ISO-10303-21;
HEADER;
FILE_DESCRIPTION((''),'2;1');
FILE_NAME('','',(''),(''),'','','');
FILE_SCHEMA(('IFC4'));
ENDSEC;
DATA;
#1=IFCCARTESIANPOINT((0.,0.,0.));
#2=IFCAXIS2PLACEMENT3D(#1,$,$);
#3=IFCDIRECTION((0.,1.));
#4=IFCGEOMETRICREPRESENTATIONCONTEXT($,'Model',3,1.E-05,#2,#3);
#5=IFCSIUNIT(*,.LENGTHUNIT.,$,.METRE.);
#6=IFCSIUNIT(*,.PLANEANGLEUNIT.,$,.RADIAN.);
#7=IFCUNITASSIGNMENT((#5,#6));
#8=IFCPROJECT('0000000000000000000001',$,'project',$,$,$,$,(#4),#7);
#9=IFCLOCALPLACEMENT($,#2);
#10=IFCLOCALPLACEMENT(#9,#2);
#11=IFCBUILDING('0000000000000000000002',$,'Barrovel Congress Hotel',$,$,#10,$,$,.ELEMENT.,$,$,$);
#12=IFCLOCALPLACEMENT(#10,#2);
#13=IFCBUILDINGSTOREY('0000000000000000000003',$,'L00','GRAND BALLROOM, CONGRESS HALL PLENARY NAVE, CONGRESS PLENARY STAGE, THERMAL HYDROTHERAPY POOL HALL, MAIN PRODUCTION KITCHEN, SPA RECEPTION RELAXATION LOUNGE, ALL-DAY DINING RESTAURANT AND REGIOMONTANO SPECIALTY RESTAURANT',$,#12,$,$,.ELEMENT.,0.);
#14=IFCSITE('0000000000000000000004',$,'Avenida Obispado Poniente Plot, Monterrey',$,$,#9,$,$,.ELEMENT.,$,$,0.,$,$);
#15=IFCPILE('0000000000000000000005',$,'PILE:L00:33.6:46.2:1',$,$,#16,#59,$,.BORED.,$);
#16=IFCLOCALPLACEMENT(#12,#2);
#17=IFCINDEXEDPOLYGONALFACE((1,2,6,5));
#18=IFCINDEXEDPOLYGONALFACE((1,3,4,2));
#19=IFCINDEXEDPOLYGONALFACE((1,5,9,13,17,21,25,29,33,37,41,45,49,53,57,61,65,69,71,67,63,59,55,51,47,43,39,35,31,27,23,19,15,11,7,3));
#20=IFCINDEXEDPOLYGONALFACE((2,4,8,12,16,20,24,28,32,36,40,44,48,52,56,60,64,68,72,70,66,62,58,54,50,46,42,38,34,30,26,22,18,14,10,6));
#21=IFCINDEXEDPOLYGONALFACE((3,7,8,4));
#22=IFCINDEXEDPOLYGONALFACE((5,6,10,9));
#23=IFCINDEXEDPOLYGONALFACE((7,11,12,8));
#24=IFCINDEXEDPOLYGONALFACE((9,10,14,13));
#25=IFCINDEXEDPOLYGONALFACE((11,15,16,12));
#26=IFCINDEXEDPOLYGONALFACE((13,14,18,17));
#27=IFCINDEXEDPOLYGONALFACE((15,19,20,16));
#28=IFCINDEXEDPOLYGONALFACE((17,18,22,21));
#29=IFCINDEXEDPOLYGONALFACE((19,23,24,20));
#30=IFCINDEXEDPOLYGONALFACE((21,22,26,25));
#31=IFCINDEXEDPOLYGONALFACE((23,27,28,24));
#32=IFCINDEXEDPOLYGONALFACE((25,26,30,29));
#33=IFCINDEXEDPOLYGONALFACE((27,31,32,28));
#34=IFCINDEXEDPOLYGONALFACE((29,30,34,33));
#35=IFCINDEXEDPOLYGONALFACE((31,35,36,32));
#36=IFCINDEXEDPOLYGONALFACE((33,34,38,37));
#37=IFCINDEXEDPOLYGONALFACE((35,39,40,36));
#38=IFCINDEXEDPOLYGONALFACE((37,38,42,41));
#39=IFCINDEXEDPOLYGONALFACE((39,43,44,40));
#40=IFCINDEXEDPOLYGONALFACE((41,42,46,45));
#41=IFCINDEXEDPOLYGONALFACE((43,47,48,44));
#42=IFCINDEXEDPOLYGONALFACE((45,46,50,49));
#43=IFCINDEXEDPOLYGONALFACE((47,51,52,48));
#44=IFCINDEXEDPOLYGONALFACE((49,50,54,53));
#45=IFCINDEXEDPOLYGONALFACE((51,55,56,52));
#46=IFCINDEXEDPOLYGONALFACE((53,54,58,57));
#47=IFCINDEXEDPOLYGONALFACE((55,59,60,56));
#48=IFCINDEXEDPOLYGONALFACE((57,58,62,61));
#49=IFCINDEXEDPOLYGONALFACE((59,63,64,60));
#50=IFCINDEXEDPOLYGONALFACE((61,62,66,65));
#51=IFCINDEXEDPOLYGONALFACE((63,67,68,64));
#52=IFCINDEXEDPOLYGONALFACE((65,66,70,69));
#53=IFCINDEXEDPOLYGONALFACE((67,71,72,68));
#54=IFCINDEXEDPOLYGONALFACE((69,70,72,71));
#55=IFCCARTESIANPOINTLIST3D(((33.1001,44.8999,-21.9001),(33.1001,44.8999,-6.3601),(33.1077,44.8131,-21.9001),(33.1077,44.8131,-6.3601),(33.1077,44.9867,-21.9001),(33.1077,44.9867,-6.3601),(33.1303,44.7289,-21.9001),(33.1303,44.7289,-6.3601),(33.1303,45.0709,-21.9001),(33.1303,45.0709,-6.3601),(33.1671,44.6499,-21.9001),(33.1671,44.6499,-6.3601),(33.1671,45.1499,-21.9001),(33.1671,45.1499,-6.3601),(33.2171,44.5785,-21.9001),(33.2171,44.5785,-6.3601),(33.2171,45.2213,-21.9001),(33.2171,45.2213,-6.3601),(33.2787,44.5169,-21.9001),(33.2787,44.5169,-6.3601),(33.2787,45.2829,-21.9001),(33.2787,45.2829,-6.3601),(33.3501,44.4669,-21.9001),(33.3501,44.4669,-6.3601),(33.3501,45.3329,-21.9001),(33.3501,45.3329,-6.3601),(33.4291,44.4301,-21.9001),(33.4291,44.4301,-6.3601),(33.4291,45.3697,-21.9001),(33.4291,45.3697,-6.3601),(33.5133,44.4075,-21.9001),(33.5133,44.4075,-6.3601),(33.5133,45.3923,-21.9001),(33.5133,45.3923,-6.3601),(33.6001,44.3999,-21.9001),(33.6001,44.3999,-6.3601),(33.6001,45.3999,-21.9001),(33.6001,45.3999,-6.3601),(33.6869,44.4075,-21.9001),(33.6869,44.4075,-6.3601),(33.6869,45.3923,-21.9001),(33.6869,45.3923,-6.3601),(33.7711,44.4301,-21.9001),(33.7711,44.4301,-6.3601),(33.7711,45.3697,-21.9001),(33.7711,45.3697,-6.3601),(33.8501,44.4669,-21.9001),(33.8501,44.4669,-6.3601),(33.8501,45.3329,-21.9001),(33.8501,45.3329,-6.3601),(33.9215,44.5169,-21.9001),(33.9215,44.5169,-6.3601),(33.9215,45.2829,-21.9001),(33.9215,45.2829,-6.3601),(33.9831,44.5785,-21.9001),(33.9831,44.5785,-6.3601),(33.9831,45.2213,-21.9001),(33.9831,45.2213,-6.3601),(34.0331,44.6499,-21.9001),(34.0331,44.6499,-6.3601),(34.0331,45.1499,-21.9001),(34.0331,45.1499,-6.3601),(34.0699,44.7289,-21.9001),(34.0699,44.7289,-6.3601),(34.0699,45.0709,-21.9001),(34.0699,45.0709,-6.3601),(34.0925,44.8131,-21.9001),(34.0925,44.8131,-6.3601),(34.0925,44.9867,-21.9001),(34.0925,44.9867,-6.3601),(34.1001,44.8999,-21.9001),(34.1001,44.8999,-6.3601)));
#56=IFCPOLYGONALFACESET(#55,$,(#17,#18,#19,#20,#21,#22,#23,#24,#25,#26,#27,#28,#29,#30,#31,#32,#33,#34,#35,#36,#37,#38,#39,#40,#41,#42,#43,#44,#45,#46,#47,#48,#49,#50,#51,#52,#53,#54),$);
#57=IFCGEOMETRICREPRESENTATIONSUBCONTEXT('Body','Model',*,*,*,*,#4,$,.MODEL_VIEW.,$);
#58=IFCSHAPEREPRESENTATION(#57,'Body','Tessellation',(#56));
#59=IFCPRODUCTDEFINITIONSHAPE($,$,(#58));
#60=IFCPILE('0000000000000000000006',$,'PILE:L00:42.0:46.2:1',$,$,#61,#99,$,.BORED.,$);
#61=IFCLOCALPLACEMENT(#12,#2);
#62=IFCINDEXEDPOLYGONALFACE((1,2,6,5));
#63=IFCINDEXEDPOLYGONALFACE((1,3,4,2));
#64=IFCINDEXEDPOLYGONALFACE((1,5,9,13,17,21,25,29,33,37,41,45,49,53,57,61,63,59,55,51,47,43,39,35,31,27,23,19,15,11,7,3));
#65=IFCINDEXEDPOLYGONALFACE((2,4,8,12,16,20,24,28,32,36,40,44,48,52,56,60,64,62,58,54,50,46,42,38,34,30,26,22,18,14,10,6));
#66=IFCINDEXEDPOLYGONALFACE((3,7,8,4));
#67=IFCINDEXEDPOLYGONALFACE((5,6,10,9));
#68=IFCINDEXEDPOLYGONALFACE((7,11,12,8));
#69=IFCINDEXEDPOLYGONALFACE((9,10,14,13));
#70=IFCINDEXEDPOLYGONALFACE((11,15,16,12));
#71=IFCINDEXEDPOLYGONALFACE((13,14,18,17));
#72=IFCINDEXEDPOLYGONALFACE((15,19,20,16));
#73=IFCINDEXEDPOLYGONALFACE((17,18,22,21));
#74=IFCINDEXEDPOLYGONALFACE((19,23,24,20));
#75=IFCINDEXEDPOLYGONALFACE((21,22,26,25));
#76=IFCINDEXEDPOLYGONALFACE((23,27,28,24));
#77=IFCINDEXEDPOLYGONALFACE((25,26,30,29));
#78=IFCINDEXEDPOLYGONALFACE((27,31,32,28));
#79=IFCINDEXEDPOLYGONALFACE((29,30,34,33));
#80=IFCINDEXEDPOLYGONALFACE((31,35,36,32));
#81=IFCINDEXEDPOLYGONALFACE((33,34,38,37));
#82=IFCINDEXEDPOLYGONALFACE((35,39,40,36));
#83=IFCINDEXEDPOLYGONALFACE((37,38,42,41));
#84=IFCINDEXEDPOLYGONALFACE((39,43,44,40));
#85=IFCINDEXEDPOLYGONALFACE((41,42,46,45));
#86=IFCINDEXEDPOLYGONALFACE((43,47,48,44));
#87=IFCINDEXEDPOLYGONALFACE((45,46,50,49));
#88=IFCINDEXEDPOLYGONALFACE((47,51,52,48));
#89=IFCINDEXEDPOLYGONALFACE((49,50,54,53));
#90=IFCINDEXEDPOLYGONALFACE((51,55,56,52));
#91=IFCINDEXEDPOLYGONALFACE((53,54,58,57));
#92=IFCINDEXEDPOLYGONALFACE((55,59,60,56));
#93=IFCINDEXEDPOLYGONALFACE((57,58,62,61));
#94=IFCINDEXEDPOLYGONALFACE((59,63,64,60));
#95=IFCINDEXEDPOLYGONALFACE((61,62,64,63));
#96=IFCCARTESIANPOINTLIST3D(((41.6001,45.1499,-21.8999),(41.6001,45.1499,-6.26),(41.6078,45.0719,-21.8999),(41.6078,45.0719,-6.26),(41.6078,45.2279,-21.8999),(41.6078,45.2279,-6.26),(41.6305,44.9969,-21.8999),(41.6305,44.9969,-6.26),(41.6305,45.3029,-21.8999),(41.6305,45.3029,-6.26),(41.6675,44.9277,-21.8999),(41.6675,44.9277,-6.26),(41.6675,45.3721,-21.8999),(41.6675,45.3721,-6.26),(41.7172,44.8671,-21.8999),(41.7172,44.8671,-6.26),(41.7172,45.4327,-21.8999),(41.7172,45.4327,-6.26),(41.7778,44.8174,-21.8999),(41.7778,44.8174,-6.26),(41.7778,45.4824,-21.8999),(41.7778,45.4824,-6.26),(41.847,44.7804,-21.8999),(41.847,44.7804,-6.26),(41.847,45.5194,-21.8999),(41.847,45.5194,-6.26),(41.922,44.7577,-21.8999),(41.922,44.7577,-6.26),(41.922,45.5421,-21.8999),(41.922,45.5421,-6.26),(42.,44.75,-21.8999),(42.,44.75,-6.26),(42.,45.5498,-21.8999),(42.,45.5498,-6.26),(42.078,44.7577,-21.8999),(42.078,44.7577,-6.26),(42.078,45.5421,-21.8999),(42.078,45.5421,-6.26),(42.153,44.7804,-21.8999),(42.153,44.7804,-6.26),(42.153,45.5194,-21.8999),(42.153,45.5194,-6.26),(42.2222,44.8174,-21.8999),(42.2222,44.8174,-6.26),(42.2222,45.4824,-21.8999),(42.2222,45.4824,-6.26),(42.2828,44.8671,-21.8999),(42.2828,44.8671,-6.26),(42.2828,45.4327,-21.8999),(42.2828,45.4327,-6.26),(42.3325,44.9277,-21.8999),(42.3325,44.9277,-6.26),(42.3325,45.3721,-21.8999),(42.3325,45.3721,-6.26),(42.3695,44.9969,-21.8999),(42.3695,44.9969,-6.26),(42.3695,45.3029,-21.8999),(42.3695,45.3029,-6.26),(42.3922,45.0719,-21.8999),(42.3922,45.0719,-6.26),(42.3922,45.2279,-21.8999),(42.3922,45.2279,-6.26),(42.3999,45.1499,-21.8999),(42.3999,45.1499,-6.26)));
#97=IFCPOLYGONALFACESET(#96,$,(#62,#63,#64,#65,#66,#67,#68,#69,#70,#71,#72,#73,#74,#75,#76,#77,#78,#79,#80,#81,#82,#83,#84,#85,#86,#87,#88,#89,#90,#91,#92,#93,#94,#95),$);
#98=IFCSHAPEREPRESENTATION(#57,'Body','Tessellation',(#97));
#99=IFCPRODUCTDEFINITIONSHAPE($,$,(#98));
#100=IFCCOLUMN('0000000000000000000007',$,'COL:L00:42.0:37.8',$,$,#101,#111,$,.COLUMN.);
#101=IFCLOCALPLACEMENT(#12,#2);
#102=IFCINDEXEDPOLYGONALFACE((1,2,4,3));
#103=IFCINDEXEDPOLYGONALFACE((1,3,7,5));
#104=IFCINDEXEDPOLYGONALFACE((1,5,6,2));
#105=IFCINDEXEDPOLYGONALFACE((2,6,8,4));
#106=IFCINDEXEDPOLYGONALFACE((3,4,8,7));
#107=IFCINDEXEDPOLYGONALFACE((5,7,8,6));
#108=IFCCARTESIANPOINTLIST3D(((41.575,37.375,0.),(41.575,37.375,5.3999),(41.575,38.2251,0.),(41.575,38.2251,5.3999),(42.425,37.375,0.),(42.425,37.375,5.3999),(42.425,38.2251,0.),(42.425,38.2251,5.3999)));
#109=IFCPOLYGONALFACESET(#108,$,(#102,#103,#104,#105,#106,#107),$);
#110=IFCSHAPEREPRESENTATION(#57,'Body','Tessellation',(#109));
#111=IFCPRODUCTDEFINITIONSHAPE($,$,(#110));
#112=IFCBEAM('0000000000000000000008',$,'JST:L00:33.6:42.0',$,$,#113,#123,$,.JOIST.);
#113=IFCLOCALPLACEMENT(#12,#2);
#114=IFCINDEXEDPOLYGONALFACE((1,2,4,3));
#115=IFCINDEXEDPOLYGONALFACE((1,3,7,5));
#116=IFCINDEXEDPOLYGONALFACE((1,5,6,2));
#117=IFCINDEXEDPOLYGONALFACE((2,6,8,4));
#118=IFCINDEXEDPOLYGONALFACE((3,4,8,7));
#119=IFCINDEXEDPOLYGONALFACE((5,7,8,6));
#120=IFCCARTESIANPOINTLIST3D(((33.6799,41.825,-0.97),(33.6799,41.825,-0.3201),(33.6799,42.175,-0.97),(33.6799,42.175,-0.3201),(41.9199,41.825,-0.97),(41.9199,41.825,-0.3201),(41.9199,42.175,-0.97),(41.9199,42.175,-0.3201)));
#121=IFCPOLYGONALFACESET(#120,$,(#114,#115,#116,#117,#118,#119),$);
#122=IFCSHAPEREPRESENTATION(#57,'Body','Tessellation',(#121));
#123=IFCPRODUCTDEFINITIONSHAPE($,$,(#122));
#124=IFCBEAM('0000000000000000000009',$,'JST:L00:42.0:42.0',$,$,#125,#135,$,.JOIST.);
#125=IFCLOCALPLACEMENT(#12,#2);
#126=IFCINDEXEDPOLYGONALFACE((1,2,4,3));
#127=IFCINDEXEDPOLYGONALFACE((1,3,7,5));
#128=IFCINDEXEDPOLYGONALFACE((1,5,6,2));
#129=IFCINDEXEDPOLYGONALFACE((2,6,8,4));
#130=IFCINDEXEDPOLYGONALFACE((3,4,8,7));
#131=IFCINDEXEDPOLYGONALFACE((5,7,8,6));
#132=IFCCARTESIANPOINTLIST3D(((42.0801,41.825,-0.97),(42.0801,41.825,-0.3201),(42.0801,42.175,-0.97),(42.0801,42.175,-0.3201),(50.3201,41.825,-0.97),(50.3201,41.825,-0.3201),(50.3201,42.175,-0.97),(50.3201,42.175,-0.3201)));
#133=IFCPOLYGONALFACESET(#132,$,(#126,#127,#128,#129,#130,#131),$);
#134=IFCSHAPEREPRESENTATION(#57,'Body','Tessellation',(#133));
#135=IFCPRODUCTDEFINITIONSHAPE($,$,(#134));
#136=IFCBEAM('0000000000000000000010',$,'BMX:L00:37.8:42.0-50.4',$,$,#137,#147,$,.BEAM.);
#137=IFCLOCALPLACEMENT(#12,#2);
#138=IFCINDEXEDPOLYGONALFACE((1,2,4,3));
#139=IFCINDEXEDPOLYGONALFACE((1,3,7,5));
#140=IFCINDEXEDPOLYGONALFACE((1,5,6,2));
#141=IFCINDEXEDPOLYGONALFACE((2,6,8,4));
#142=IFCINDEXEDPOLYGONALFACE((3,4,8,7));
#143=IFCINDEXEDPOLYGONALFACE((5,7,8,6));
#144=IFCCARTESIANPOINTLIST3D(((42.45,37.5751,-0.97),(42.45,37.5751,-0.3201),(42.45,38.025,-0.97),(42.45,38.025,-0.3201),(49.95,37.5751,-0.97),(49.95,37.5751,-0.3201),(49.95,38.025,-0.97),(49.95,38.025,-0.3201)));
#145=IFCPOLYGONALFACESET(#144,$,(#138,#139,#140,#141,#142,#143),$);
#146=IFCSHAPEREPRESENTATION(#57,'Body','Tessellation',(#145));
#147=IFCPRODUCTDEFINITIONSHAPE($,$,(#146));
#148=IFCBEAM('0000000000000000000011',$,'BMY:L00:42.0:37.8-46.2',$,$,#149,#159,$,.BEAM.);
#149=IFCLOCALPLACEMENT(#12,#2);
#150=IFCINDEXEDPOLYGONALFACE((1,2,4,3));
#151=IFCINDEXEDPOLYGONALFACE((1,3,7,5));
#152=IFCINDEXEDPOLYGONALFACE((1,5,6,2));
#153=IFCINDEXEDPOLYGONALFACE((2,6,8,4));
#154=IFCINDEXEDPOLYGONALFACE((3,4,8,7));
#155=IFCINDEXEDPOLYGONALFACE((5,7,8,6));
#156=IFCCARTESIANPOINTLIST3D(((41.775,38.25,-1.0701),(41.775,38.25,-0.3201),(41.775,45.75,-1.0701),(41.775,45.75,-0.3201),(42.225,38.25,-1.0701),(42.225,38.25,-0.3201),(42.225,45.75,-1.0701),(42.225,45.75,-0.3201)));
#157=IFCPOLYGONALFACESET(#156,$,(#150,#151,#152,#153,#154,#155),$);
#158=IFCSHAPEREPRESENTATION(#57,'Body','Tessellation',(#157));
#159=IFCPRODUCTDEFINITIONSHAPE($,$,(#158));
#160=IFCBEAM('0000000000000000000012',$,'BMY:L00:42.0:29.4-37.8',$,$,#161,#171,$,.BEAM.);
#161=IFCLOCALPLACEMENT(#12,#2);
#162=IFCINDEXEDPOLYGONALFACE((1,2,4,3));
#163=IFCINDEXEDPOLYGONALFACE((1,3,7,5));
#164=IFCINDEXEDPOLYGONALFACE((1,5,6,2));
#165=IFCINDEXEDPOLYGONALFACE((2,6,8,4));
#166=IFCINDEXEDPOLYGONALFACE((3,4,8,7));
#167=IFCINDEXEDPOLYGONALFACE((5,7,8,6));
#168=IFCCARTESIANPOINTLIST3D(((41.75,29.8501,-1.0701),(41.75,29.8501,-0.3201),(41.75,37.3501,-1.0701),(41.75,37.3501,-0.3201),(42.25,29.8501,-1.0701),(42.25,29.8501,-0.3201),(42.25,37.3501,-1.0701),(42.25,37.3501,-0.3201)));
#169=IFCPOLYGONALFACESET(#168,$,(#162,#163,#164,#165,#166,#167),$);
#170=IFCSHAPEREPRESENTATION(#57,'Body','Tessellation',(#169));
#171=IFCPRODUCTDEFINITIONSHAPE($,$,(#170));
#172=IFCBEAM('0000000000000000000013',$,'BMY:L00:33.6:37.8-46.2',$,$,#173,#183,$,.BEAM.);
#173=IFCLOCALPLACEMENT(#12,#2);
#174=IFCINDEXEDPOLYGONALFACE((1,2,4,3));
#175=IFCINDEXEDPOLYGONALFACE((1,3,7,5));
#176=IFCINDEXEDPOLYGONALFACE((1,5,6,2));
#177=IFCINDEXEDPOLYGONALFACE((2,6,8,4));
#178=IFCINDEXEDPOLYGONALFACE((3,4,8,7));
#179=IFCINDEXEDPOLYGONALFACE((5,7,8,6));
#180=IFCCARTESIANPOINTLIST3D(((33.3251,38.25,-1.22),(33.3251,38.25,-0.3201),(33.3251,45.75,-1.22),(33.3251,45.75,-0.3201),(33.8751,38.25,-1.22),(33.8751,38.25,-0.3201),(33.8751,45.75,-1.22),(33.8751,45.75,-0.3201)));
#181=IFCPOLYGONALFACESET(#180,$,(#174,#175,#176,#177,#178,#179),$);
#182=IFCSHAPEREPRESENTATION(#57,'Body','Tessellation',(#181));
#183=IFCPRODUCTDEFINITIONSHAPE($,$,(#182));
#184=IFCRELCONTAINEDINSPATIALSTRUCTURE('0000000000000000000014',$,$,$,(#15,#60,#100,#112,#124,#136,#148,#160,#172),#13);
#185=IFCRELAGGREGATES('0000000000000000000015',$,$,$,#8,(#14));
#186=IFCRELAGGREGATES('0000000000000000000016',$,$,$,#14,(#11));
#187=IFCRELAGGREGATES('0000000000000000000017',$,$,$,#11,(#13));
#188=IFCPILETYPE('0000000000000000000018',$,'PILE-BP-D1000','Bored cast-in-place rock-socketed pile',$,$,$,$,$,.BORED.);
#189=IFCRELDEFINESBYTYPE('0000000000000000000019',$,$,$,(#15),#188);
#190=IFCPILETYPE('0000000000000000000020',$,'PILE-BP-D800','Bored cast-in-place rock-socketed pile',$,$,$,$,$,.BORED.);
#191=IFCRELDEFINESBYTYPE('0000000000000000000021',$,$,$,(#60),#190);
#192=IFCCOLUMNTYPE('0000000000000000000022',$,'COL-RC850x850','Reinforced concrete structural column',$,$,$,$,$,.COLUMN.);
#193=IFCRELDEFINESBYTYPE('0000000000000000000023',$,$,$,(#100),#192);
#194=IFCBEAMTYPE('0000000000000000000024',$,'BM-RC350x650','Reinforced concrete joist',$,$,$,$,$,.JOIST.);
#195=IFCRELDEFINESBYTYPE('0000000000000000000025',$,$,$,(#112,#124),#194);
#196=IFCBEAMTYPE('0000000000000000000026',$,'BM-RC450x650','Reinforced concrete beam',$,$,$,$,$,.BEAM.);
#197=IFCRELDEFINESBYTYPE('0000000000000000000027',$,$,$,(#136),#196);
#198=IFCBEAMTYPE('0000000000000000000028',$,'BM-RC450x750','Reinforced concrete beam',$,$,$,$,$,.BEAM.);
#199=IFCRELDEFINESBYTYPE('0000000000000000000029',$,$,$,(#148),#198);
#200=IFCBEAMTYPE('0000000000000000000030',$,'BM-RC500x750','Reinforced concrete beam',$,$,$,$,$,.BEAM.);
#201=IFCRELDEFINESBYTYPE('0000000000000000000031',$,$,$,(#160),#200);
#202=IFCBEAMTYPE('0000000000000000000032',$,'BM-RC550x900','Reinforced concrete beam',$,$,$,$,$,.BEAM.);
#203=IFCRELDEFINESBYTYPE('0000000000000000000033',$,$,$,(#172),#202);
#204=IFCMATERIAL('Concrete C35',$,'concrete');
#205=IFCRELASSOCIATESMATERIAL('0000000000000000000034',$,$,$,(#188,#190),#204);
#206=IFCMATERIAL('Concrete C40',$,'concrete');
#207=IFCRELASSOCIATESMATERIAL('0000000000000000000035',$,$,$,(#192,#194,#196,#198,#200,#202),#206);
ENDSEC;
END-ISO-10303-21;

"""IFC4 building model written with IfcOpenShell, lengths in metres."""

from ifc_helpers import new_model, si_unit, direction, frame, origin, origin_2d, place, context, subcontext, project, spatial, rectangle, circle, extrude, material, material_profile, profile_set, type_object, element, save


model = new_model("IFC4")

# Units and contexts
model_context = context("Model", 3, precision=1e-05, world=origin(), true_north=direction((0.0, 1.0)))
body_context = subcontext(model_context, "Body", "Model", "MODEL_VIEW")
ifc_project = project(units=[si_unit("LENGTHUNIT", "METRE"), si_unit("PLANEANGLEUNIT", "RADIAN")], contexts=[model_context])

# Site, building, storey
site_placement = place(None, origin())
site = spatial("IfcSite", under=ifc_project, at=site_placement, Name="Avenida Obispado Poniente Plot, Monterrey", CompositionType="ELEMENT", RefElevation=0.0)
building_placement = place(site_placement, origin())
building = spatial("IfcBuilding", under=site, at=building_placement, Name="Barrovel Congress Hotel", CompositionType="ELEMENT")
storey_placement = place(building_placement, origin())
storey = spatial("IfcBuildingStorey", under=building, at=storey_placement, Name="L00", Description="GRAND BALLROOM, CONGRESS HALL PLENARY NAVE, CONGRESS PLENARY STAGE, THERMAL HYDROTHERAPY POOL HALL, MAIN PRODUCTION KITCHEN, SPA RECEPTION RELAXATION LOUNGE, ALL-DAY DINING RESTAURANT AND REGIOMONTANO SPECIALTY RESTAURANT", CompositionType="ELEMENT", Elevation=0.0)

# Piles
ifc_material_1 = material(Name="Concrete C35", Category="concrete")
ifc_material_profile_1 = material_profile(ifc_material_1, circle(Radius=0.5, at=origin_2d()), Name="BP-D1000")
ifc_profile_set_1 = profile_set([ifc_material_profile_1], Name="Concrete C35")
pile_type_1 = type_object("IfcPileType", Name="PILE-BP-D1000", Description="Bored cast-in-place rock-socketed pile", PredefinedType="BORED", material=ifc_profile_set_1)
pile_1_placement = place(storey_placement, frame((33.6001, 44.8999, -6.3601), z_axis=(0.0, 0.0, -1.0), x_axis=(1.0, 0.0, 0.0)))
element("IfcPile", 1, at=pile_1_placement, inside=storey, type_object=pile_type_1, Name="PILE:L00:33.6:46.2:1", PredefinedType="BORED", context=body_context, shape_type="SweptSolid", body=[
    extrude(circle(Radius=0.5, at=origin_2d()), origin(), (0.0, 0.0, 1.0), 15.54),
])
ifc_material_profile_2 = material_profile(ifc_material_1, circle(Radius=0.3999, at=origin_2d()), Name="BP-D800")
ifc_profile_set_2 = profile_set([ifc_material_profile_2], Name="Concrete C35")
pile_type_2 = type_object("IfcPileType", Name="PILE-BP-D800", Description="Bored cast-in-place rock-socketed pile", PredefinedType="BORED", material=ifc_profile_set_2)
pile_2_placement = place(storey_placement, frame((42.0, 45.1499, -6.26), z_axis=(0.0, 0.0, -1.0), x_axis=(1.0, 0.0, 0.0)))
element("IfcPile", 2, at=pile_2_placement, inside=storey, type_object=pile_type_2, Name="PILE:L00:42.0:46.2:1", PredefinedType="BORED", context=body_context, shape_type="SweptSolid", body=[
    extrude(circle(Radius=0.3999, at=origin_2d()), origin(), (0.0, 0.0, 1.0), 15.6399),
])

# Column
ifc_material_2 = material(Name="Concrete C40", Category="concrete")
ifc_material_profile_3 = material_profile(ifc_material_2, rectangle(XDim=0.8501, YDim=0.8501, at=origin_2d()), Name="RC850x850")
ifc_profile_set_3 = profile_set([ifc_material_profile_3], Name="Concrete C40")
column_type = type_object("IfcColumnType", Name="COL-RC850x850", Description="Reinforced concrete structural column", PredefinedType="COLUMN", material=ifc_profile_set_3)
column_placement = place(storey_placement, frame((42.0, 37.8, 0.0), z_axis=(0.0, 0.0, 1.0), x_axis=(1.0, 0.0, 0.0)))
element("IfcColumn", 3, at=column_placement, inside=storey, type_object=column_type, Name="COL:L00:42.0:37.8", PredefinedType="COLUMN", context=body_context, shape_type="SweptSolid", body=[
    extrude(rectangle(XDim=0.8501, YDim=0.8501, at=origin_2d()), origin(), (0.0, 0.0, 1.0), 5.3999),
])

# Beams
ifc_material_profile_4 = material_profile(ifc_material_2, rectangle(XDim=0.3501, YDim=0.6499, at=origin_2d()), Name="RC350x650")
ifc_profile_set_4 = profile_set([ifc_material_profile_4], Name="Concrete C40")
beam_type_1 = type_object("IfcBeamType", Name="BM-RC350x650", Description="Reinforced concrete joist", PredefinedType="JOIST", material=ifc_profile_set_4)
for number, where, z_axis, x_axis, name in (
    (4, (33.6799, 42.0, -0.645), (1.0, 0.0, 0.0), (0.0, 1.0, 0.0), "JST:L00:33.6:42.0"),
    (5, (42.0801, 42.0, -0.645), (1.0, 0.0, 0.0), (0.0, 1.0, 0.0), "JST:L00:42.0:42.0"),
):
    element("IfcBeam", number, at=place(storey_placement, frame(where, z_axis=z_axis, x_axis=x_axis)), inside=storey, type_object=beam_type_1, Name=name, PredefinedType="JOIST", context=body_context, shape_type="SweptSolid", body=[
        extrude(rectangle(XDim=0.3501, YDim=0.6499, at=origin_2d()), origin(), (0.0, 0.0, 1.0), 8.24),
    ])
ifc_material_profile_5 = material_profile(ifc_material_2, rectangle(XDim=0.45, YDim=0.6499, at=origin_2d()), Name="RC450x650")
ifc_profile_set_5 = profile_set([ifc_material_profile_5], Name="Concrete C40")
beam_type_2 = type_object("IfcBeamType", Name="BM-RC450x650", Description="Reinforced concrete beam", PredefinedType="BEAM", material=ifc_profile_set_5)
beam_1_placement = place(storey_placement, frame((42.45, 37.8, -0.645), z_axis=(1.0, 0.0, 0.0), x_axis=(0.0, 1.0, 0.0)))
element("IfcBeam", 6, at=beam_1_placement, inside=storey, type_object=beam_type_2, Name="BMX:L00:37.8:42.0-50.4", PredefinedType="BEAM", context=body_context, shape_type="SweptSolid", body=[
    extrude(rectangle(XDim=0.45, YDim=0.6499, at=origin_2d()), origin(), (0.0, 0.0, 1.0), 7.5),
])
ifc_material_profile_6 = material_profile(ifc_material_2, rectangle(XDim=0.45, YDim=0.75, at=origin_2d()), Name="RC450x750")
ifc_profile_set_6 = profile_set([ifc_material_profile_6], Name="Concrete C40")
beam_type_3 = type_object("IfcBeamType", Name="BM-RC450x750", Description="Reinforced concrete beam", PredefinedType="BEAM", material=ifc_profile_set_6)
beam_2_placement = place(storey_placement, frame((42.0, 38.25, -0.6951), z_axis=(0.0, 1.0, 0.0), x_axis=(-1.0, 0.0, 0.0)))
element("IfcBeam", 7, at=beam_2_placement, inside=storey, type_object=beam_type_3, Name="BMY:L00:42.0:37.8-46.2", PredefinedType="BEAM", context=body_context, shape_type="SweptSolid", body=[
    extrude(rectangle(XDim=0.45, YDim=0.75, at=origin_2d()), origin(), (0.0, 0.0, 1.0), 7.5),
])
ifc_material_profile_7 = material_profile(ifc_material_2, rectangle(XDim=0.5, YDim=0.75, at=origin_2d()), Name="RC500x750")
ifc_profile_set_7 = profile_set([ifc_material_profile_7], Name="Concrete C40")
beam_type_4 = type_object("IfcBeamType", Name="BM-RC500x750", Description="Reinforced concrete beam", PredefinedType="BEAM", material=ifc_profile_set_7)
beam_3_placement = place(storey_placement, frame((42.0, 29.8501, -0.6951), z_axis=(0.0, 1.0, 0.0), x_axis=(-1.0, 0.0, 0.0)))
element("IfcBeam", 8, at=beam_3_placement, inside=storey, type_object=beam_type_4, Name="BMY:L00:42.0:29.4-37.8", PredefinedType="BEAM", context=body_context, shape_type="SweptSolid", body=[
    extrude(rectangle(XDim=0.5, YDim=0.75, at=origin_2d()), origin(), (0.0, 0.0, 1.0), 7.5),
])
ifc_material_profile_8 = material_profile(ifc_material_2, rectangle(XDim=0.55, YDim=0.8999, at=origin_2d()), Name="RC550x900")
ifc_profile_set_8 = profile_set([ifc_material_profile_8], Name="Concrete C40")
beam_type_5 = type_object("IfcBeamType", Name="BM-RC550x900", Description="Reinforced concrete beam", PredefinedType="BEAM", material=ifc_profile_set_8)
beam_4_placement = place(storey_placement, frame((33.6001, 38.25, -0.77), z_axis=(0.0, 1.0, 0.0), x_axis=(-1.0, 0.0, 0.0)))
element("IfcBeam", 9, at=beam_4_placement, inside=storey, type_object=beam_type_5, Name="BMY:L00:33.6:37.8-46.2", PredefinedType="BEAM", context=body_context, shape_type="SweptSolid", body=[
    extrude(rectangle(XDim=0.55, YDim=0.8999, at=origin_2d()), origin(), (0.0, 0.0, 1.0), 7.5),
])

save(model, "model.ifc")
